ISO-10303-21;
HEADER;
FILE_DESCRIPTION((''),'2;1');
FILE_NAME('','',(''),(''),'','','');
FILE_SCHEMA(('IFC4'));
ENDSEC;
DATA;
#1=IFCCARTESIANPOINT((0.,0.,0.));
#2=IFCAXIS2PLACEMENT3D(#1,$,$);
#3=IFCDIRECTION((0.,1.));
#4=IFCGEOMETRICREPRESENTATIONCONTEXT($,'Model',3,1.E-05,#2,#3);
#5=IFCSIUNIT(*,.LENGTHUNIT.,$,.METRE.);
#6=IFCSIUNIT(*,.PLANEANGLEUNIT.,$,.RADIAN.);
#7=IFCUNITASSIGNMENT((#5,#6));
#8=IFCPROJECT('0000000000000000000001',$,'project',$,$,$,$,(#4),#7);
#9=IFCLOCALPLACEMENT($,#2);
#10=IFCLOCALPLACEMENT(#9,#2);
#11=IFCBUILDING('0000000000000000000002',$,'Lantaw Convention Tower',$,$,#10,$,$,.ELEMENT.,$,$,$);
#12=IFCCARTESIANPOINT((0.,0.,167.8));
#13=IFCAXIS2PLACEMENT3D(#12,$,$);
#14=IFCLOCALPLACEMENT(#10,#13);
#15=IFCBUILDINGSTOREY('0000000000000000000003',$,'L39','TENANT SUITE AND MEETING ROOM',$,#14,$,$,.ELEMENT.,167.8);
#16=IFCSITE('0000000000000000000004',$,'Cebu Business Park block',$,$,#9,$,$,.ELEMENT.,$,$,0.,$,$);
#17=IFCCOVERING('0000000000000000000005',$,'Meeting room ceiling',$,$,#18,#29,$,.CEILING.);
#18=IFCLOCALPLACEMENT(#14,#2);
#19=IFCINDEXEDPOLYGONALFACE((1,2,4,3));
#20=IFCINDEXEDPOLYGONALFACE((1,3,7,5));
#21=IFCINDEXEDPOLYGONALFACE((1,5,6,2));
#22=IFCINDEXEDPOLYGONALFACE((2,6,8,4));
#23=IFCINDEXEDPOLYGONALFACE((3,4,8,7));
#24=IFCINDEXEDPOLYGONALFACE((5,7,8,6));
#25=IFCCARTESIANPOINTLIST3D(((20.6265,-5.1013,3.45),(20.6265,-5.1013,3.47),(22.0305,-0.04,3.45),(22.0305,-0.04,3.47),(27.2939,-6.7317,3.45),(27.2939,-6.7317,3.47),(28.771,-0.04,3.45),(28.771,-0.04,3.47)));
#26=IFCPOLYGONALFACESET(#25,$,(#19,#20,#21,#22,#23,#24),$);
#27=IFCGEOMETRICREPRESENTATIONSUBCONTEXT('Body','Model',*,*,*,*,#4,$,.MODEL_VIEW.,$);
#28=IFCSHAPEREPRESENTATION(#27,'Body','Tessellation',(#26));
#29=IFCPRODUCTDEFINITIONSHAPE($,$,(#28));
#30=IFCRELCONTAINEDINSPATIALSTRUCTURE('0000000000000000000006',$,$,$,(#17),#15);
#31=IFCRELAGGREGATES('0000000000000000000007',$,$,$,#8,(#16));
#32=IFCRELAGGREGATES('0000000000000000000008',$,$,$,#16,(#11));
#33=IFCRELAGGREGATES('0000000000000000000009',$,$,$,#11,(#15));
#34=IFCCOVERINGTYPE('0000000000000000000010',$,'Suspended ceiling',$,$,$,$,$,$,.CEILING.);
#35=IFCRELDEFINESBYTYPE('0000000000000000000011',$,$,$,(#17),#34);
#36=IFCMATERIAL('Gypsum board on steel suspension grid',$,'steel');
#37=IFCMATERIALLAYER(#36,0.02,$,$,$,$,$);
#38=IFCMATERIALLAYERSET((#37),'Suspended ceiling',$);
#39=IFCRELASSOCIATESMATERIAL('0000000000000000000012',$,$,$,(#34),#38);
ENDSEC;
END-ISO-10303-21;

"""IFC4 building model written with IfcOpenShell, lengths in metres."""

from ifc_helpers import new_model, si_unit, direction, frame, origin, place, context, subcontext, project, spatial, polyline, outline, extrude, material, layer, layer_set, type_object, element, save


model = new_model("IFC4")

# Units and contexts
model_context = context("Model", 3, precision=1e-05, world=origin(), true_north=direction((0.0, 1.0)))
body_context = subcontext(model_context, "Body", "Model", "MODEL_VIEW")
ifc_project = project(units=[si_unit("LENGTHUNIT", "METRE"), si_unit("PLANEANGLEUNIT", "RADIAN")], contexts=[model_context])

# Site, building, storey
site_placement = place(None, origin())
site = spatial("IfcSite", under=ifc_project, at=site_placement, Name="Cebu Business Park block", CompositionType="ELEMENT", RefElevation=0.0)
building_placement = place(site_placement, origin())
building = spatial("IfcBuilding", under=site, at=building_placement, Name="Lantaw Convention Tower", CompositionType="ELEMENT")
storey_placement = place(building_placement, frame((0.0, 0.0, 167.8)))
storey = spatial("IfcBuildingStorey", under=building, at=storey_placement, Name="L39", Description="TENANT SUITE AND MEETING ROOM", CompositionType="ELEMENT", Elevation=167.8)

# Covering
ifc_material_1 = material(Name="Gypsum board on steel suspension grid", Category="steel")
ifc_layer_1 = layer(ifc_material_1, 0.02)
ifc_layer_set_1 = layer_set([ifc_layer_1], Name="Suspended ceiling")
covering_type = type_object("IfcCoveringType", Name="Suspended ceiling", PredefinedType="CEILING", material=ifc_layer_set_1)
covering_1_placement = place(storey_placement, frame((0.0, 0.0, 3.45)))
element("IfcCovering", 1, at=covering_1_placement, inside=storey, type_object=covering_type, Name="Meeting room ceiling", PredefinedType="CEILING", context=body_context, shape_type="SweptSolid", body=[
    extrude(outline(polyline([(20.6265, -5.1013), (27.2939, -6.7317), (28.771, -0.04), (22.0305, -0.04), (20.6265, -5.1013)])), origin(), (0.0, 0.0, 1.0), 0.02),
])

save(model, "model.ifc")
